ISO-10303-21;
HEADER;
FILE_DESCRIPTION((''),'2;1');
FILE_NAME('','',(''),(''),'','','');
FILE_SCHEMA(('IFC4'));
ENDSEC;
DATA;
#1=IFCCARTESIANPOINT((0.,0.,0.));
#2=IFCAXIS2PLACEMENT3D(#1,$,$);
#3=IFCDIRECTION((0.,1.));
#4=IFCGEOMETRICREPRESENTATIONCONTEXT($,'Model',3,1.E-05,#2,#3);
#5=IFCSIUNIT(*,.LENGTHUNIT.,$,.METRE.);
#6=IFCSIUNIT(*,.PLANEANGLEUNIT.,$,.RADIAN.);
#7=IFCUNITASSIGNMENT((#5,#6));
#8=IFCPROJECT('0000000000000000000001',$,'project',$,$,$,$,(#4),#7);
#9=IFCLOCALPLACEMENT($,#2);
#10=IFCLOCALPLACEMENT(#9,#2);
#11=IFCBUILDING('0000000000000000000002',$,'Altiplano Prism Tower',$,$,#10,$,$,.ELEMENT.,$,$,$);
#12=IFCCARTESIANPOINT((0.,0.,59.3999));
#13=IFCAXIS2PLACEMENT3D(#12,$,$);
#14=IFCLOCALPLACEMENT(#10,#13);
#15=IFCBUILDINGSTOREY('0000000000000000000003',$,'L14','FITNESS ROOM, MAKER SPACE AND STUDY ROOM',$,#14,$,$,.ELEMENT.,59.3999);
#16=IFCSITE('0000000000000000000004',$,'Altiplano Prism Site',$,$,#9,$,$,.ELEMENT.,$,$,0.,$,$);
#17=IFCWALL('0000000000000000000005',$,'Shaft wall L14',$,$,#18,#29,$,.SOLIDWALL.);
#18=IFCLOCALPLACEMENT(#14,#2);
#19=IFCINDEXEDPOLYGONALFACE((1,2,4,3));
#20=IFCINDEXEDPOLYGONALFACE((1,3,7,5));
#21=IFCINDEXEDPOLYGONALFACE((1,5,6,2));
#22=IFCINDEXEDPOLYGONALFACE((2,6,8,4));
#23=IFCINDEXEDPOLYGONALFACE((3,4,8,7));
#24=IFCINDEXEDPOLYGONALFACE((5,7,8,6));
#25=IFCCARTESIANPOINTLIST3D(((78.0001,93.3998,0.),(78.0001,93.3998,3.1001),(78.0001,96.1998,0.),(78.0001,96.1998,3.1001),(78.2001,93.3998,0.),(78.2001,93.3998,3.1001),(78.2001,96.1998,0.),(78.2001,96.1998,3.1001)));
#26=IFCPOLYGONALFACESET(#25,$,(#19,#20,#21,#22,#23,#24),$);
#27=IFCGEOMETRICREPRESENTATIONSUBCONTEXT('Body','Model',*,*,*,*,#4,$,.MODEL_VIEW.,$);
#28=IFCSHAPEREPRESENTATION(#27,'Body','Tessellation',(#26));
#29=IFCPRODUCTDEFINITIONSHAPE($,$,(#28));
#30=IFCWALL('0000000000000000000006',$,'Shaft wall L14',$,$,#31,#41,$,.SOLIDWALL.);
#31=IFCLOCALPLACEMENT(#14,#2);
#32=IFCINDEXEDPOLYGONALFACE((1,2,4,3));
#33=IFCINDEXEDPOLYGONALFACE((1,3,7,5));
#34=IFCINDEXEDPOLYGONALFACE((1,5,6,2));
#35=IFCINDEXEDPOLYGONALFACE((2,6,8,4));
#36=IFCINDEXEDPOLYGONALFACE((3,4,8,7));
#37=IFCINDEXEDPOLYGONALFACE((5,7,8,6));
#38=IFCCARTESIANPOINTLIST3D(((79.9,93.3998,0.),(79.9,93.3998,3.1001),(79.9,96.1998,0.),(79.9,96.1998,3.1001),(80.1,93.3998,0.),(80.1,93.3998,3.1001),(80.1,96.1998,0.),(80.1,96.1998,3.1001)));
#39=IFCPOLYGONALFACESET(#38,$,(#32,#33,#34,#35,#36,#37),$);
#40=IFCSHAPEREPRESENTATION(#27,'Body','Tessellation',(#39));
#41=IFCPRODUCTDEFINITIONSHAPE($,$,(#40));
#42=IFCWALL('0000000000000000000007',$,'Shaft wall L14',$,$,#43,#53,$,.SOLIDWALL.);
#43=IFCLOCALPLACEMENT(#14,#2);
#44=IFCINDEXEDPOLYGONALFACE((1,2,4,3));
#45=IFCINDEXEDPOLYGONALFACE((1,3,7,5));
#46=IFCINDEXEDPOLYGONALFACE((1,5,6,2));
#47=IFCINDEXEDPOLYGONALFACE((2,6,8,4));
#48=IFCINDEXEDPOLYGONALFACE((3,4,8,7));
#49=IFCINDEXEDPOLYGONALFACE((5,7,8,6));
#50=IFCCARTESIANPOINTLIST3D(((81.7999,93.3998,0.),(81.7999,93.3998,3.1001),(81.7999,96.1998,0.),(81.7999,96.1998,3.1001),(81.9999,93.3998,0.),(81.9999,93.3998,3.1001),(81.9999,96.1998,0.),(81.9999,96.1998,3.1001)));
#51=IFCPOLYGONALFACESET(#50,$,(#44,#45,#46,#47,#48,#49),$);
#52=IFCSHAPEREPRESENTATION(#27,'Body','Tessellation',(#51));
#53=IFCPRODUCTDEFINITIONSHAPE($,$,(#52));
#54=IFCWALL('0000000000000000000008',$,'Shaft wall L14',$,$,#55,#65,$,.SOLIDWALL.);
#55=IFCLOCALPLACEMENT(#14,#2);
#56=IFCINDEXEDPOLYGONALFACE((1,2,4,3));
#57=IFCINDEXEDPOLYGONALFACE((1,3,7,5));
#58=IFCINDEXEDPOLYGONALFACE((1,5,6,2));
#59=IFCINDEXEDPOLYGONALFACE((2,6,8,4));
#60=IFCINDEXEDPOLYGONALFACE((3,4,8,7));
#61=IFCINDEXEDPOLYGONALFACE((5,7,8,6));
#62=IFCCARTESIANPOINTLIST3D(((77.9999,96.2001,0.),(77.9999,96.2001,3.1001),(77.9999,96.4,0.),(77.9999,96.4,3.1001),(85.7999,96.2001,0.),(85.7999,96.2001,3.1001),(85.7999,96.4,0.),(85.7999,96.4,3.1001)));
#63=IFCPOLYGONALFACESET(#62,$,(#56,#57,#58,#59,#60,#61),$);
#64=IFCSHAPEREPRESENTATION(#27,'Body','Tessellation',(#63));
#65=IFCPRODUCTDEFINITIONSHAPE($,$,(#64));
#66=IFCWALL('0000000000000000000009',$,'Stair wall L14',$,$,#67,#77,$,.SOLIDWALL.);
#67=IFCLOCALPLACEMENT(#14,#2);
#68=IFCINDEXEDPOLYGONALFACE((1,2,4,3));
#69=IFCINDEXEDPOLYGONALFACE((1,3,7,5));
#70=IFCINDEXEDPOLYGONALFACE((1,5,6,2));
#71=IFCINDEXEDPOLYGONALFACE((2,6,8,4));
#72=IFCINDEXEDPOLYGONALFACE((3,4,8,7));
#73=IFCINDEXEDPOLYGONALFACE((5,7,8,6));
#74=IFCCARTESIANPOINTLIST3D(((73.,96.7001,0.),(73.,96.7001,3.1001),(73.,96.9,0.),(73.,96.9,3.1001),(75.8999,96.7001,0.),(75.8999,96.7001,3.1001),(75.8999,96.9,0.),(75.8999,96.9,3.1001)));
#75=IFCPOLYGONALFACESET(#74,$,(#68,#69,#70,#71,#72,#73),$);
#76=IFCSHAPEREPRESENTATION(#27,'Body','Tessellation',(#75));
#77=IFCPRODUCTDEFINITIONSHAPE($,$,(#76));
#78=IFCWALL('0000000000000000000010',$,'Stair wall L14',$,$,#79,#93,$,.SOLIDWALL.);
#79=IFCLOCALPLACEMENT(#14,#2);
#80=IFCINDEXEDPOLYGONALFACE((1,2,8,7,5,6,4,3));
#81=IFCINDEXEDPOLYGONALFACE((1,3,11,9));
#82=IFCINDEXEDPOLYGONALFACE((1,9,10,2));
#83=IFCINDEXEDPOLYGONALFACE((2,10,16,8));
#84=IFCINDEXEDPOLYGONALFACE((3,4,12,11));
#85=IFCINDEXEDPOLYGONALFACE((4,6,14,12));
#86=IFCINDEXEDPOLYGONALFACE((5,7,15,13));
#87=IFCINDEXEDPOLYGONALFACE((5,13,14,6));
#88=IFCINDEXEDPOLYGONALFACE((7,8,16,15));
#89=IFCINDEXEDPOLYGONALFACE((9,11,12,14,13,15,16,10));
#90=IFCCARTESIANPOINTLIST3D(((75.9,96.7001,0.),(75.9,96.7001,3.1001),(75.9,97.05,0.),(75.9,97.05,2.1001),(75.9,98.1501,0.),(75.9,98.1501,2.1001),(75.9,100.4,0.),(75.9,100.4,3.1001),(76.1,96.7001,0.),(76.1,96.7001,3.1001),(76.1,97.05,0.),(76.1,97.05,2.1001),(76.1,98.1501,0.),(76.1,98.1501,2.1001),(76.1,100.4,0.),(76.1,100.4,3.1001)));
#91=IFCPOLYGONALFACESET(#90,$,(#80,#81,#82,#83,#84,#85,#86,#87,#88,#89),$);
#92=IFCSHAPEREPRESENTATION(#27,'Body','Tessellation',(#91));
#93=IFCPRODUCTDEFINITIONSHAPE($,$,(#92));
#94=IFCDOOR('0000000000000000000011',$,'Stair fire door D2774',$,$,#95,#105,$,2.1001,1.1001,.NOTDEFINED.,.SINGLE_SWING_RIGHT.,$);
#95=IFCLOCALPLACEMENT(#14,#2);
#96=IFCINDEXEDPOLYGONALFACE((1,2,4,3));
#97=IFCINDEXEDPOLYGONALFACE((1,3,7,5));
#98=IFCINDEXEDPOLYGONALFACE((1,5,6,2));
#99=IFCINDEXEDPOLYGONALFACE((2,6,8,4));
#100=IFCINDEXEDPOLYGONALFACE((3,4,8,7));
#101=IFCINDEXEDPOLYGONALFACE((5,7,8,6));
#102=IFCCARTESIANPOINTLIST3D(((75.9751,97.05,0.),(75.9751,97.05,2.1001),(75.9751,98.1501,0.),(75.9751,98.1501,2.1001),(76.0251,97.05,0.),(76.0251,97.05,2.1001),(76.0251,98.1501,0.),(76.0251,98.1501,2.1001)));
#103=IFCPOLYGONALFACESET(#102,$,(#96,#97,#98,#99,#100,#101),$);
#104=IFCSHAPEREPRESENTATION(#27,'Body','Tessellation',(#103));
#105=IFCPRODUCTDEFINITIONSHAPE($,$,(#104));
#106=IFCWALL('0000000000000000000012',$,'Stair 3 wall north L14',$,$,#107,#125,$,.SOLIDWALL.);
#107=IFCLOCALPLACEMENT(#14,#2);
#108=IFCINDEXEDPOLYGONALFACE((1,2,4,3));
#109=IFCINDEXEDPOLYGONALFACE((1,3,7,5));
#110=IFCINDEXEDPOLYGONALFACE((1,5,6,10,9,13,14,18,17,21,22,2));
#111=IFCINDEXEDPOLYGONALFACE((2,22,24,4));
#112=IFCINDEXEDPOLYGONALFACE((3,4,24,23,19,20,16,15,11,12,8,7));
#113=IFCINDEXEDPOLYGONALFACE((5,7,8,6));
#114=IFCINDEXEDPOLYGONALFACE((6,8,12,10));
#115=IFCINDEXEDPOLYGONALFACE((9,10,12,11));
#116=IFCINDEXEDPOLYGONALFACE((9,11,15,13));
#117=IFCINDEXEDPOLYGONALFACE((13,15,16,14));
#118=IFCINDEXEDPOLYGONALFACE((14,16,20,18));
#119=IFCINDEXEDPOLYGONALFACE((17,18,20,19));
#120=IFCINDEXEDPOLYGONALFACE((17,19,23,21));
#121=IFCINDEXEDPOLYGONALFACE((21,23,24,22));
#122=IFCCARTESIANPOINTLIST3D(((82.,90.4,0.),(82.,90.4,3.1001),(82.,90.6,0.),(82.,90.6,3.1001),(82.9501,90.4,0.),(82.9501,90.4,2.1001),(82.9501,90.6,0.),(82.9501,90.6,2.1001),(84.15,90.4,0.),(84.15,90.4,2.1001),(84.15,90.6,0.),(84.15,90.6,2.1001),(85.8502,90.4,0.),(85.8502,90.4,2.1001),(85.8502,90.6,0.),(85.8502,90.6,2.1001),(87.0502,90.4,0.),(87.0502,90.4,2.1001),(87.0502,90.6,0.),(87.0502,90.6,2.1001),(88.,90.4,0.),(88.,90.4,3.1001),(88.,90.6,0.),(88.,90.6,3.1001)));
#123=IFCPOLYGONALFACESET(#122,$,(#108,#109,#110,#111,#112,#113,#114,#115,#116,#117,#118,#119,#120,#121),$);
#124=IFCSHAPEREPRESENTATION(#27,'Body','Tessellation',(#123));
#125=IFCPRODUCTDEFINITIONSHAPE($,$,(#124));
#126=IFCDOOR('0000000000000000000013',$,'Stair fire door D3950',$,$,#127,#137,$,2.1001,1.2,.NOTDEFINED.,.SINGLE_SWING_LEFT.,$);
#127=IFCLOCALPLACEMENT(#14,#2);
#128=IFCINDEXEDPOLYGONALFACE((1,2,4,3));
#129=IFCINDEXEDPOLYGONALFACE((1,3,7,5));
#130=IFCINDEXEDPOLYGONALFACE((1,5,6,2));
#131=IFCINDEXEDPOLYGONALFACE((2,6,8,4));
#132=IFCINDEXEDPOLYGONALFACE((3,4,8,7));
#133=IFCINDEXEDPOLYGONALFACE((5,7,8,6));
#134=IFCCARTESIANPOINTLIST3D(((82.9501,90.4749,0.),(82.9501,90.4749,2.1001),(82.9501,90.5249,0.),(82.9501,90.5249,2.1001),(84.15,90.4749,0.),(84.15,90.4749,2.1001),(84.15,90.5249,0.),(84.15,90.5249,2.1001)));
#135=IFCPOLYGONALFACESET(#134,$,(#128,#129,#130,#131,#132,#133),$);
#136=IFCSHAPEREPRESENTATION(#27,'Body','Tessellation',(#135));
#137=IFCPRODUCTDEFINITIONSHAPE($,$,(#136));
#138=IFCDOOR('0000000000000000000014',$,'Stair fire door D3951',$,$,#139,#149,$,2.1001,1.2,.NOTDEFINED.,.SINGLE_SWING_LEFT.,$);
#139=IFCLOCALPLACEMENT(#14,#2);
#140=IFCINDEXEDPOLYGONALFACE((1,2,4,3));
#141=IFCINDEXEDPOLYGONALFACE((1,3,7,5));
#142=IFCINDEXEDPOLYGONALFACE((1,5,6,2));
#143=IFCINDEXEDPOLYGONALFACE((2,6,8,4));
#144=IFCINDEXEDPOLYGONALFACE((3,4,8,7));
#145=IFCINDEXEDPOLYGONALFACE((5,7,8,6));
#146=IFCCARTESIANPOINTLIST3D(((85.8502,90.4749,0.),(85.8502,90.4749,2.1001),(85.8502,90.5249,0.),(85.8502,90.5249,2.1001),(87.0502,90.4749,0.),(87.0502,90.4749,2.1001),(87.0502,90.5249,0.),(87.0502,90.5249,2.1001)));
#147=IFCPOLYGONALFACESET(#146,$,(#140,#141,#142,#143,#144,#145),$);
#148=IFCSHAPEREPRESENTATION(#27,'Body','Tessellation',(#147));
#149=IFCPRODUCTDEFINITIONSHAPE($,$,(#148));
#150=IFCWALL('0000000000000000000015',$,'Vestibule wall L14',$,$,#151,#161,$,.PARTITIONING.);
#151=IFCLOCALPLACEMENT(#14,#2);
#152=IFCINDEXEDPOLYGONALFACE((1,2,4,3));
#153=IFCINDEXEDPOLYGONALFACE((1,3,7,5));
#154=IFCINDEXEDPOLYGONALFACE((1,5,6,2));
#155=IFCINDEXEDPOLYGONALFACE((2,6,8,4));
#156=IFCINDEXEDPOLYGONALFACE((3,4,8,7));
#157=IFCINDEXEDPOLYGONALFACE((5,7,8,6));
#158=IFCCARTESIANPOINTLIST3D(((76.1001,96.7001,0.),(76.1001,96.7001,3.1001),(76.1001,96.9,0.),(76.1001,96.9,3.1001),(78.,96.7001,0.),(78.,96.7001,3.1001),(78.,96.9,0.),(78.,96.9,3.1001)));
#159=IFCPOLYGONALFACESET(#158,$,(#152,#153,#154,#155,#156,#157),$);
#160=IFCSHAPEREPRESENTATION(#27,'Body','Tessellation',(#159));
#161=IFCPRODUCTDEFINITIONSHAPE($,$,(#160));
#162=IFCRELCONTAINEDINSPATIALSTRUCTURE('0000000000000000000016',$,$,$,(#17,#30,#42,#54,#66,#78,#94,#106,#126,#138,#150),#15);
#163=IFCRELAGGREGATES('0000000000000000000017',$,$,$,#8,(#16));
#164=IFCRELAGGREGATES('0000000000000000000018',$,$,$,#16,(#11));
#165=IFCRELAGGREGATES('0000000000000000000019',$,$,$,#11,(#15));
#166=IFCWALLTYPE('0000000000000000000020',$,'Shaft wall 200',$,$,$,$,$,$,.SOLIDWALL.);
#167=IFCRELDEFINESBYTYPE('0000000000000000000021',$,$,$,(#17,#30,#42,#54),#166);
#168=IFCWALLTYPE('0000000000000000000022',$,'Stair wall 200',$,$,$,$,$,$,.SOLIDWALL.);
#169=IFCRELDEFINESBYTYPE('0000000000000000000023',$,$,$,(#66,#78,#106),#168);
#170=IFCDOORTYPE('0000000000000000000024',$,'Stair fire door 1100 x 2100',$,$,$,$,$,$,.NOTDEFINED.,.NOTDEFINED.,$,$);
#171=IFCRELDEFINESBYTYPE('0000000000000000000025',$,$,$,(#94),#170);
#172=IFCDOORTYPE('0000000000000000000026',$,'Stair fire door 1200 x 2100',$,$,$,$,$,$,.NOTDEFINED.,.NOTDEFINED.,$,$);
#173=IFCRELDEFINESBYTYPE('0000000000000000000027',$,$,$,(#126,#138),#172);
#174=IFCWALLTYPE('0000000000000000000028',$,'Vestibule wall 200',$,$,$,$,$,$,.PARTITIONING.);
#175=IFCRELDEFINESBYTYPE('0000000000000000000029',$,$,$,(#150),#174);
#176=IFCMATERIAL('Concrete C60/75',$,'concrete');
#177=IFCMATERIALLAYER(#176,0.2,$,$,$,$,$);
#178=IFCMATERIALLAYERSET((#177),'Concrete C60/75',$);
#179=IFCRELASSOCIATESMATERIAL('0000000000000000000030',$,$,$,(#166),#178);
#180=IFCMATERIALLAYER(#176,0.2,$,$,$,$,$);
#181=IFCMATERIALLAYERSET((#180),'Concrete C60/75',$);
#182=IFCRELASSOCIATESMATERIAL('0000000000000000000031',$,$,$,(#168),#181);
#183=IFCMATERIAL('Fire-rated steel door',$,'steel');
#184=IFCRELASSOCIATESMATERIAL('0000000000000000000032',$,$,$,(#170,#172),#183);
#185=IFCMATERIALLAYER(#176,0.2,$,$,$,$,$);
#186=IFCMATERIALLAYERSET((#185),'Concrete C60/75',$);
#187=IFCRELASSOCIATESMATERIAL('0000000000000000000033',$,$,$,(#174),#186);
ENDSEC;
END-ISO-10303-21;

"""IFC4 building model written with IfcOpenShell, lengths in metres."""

from ifc_helpers import new_model, si_unit, direction, frame, frame_2d, origin, place, context, subcontext, project, spatial, rectangle, extrude, material, layer, layer_set, type_object, element, fill, save


model = new_model("IFC4")

# Units and contexts
model_context = context("Model", 3, precision=1e-05, world=origin(), true_north=direction((0.0, 1.0)))
body_context = subcontext(model_context, "Body", "Model", "MODEL_VIEW")
ifc_project = project(units=[si_unit("LENGTHUNIT", "METRE"), si_unit("PLANEANGLEUNIT", "RADIAN")], contexts=[model_context])

# Site, building, storey
site_placement = place(None, origin())
site = spatial("IfcSite", under=ifc_project, at=site_placement, Name="Altiplano Prism Site", CompositionType="ELEMENT", RefElevation=0.0)
building_placement = place(site_placement, origin())
building = spatial("IfcBuilding", under=site, at=building_placement, Name="Altiplano Prism Tower", CompositionType="ELEMENT")
storey_placement = place(building_placement, frame((0.0, 0.0, 59.3999)))
storey = spatial("IfcBuildingStorey", under=building, at=storey_placement, Name="L14", Description="FITNESS ROOM, MAKER SPACE AND STUDY ROOM", CompositionType="ELEMENT", Elevation=59.3999)

# Shared definitions
ifc_material_1 = material(Name="Fire-rated steel door", Category="steel")

# Walls
ifc_material_2 = material(Name="Concrete C60/75", Category="concrete")
ifc_layer_1 = layer(ifc_material_2, 0.2)
ifc_layer_set_1 = layer_set([ifc_layer_1], Name="Concrete C60/75")
wall_type_1 = type_object("IfcWallType", Name="Shaft wall 200", PredefinedType="SOLIDWALL", material=ifc_layer_set_1)
for number, where, z_axis, x_axis, name in (
    (1, (78.1001, 93.3999, 0.0), (0.0, 0.0, 1.0), (0.0, 1.0, 0.0), "Shaft wall L14"),
    (2, (80.0, 93.3999, 0.0), (0.0, 0.0, 1.0), (0.0, 1.0, 0.0), "Shaft wall L14"),
    (3, (81.8999, 93.3999, 0.0), (0.0, 0.0, 1.0), (0.0, 1.0, 0.0), "Shaft wall L14"),
):
    element("IfcWall", number, at=place(storey_placement, frame(where, z_axis=z_axis, x_axis=x_axis)), inside=storey, type_object=wall_type_1, Name=name, PredefinedType="SOLIDWALL", context=body_context, shape_type="SweptSolid", body=[
        extrude(rectangle(XDim=2.8, YDim=0.2, at=frame_2d((1.3999, 0.0))), origin(), (0.0, 0.0, 1.0), 3.1001),
    ])
wall_1_placement = place(storey_placement, frame((78.0, 96.3, 0.0), z_axis=(0.0, 0.0, 1.0), x_axis=(1.0, 0.0, 0.0)))
element("IfcWall", 4, at=wall_1_placement, inside=storey, type_object=wall_type_1, Name="Shaft wall L14", PredefinedType="SOLIDWALL", context=body_context, shape_type="SweptSolid", body=[
    extrude(rectangle(XDim=7.8, YDim=0.2, at=frame_2d((3.8999, 0.0))), origin(), (0.0, 0.0, 1.0), 3.1001),
])
ifc_layer_2 = layer(ifc_material_2, 0.2)
ifc_layer_set_2 = layer_set([ifc_layer_2], Name="Concrete C60/75")
wall_type_2 = type_object("IfcWallType", Name="Stair wall 200", PredefinedType="SOLIDWALL", material=ifc_layer_set_2)
wall_2_placement = place(storey_placement, frame((73.0, 96.8, 0.0), z_axis=(0.0, 0.0, 1.0), x_axis=(1.0, 0.0, 0.0)))
element("IfcWall", 5, at=wall_2_placement, inside=storey, type_object=wall_type_2, Name="Stair wall L14", PredefinedType="SOLIDWALL", context=body_context, shape_type="SweptSolid", body=[
    extrude(rectangle(XDim=2.8999, YDim=0.2, at=frame_2d((1.45, 0.0))), origin(), (0.0, 0.0, 1.0), 3.1001),
])

# Wall, opening, door
wall_3_placement = place(storey_placement, frame((76.0, 96.7, 0.0), z_axis=(0.0, 0.0, 1.0), x_axis=(0.0, 1.0, 0.0)))
wall_3 = element("IfcWall", 6, at=wall_3_placement, inside=storey, type_object=wall_type_2, Name="Stair wall L14", PredefinedType="SOLIDWALL", context=body_context, shape_type="SweptSolid", body=[
    extrude(rectangle(XDim=3.7, YDim=0.2, at=frame_2d((1.8501, 0.0))), origin(), (0.0, 0.0, 1.0), 3.1001),
])
opening_1_placement = place(wall_3_placement, frame((0.3501, 0.0, 0.0)))
opening_1 = element("IfcOpeningElement", 7, at=opening_1_placement, cuts=wall_3, PredefinedType="OPENING", context=body_context, shape_type="SweptSolid", body=[
    extrude(rectangle(XDim=1.1001, YDim=2.1001, at=frame_2d((0.55, 1.05))), frame((0.0, 0.1104, 0.0), z_axis=(0.0, -1.0, 0.0), x_axis=(1.0, 0.0, 0.0)), (0.0, 0.0, 1.0), 0.2209),
])
door_type_1 = type_object("IfcDoorType", Name="Stair fire door 1100 x 2100", OperationType="NOTDEFINED", PredefinedType="NOTDEFINED", material=ifc_material_1)
door_1_placement = place(opening_1_placement, origin())
door_1 = element("IfcDoor", 8, at=door_1_placement, inside=storey, type_object=door_type_1, Name="Stair fire door D2774", OperationType="SINGLE_SWING_RIGHT", OverallHeight=2.1001, OverallWidth=1.1001, PredefinedType="NOTDEFINED", context=body_context, shape_type="SweptSolid", body=[
    extrude(rectangle(XDim=1.1001, YDim=2.1001, at=frame_2d((0.55, 1.05))), frame((0.0, 0.0249, 0.0), z_axis=(0.0, -1.0, 0.0), x_axis=(1.0, 0.0, 0.0)), (0.0, 0.0, 1.0), 0.05),
])
fill(opening_1, door_1)

# Wall, openings, doors
wall_4_placement = place(storey_placement, frame((82.0, 90.5, 0.0), z_axis=(0.0, 0.0, 1.0), x_axis=(1.0, 0.0, 0.0)))
wall_4 = element("IfcWall", 9, at=wall_4_placement, inside=storey, type_object=wall_type_2, Name="Stair 3 wall north L14", PredefinedType="SOLIDWALL", context=body_context, shape_type="SweptSolid", body=[
    extrude(rectangle(XDim=6.0, YDim=0.2, at=frame_2d((3.0, 0.0))), origin(), (0.0, 0.0, 1.0), 3.1001),
])
opening_2_placement = place(wall_4_placement, frame((0.95, 0.0, 0.0)))
opening_2 = element("IfcOpeningElement", 10, at=opening_2_placement, cuts=wall_4, PredefinedType="OPENING", context=body_context, shape_type="SweptSolid", body=[
    extrude(rectangle(XDim=1.2, YDim=2.1001, at=frame_2d((0.6001, 1.05))), frame((0.0, 0.1104, 0.0), z_axis=(0.0, -1.0, 0.0), x_axis=(1.0, 0.0, 0.0)), (0.0, 0.0, 1.0), 0.2209),
])
opening_3_placement = place(wall_4_placement, frame((3.8501, 0.0, 0.0)))
opening_3 = element("IfcOpeningElement", 11, at=opening_3_placement, cuts=wall_4, PredefinedType="OPENING", context=body_context, shape_type="SweptSolid", body=[
    extrude(rectangle(XDim=1.2, YDim=2.1001, at=frame_2d((0.6001, 1.05))), frame((0.0, 0.1104, 0.0), z_axis=(0.0, -1.0, 0.0), x_axis=(1.0, 0.0, 0.0)), (0.0, 0.0, 1.0), 0.2209),
])
door_type_2 = type_object("IfcDoorType", Name="Stair fire door 1200 x 2100", OperationType="NOTDEFINED", PredefinedType="NOTDEFINED", material=ifc_material_1)
door_2_placement = place(opening_2_placement, origin())
door_2 = element("IfcDoor", 12, at=door_2_placement, inside=storey, type_object=door_type_2, Name="Stair fire door D3950", OperationType="SINGLE_SWING_LEFT", OverallHeight=2.1001, OverallWidth=1.2, PredefinedType="NOTDEFINED", context=body_context, shape_type="SweptSolid", body=[
    extrude(rectangle(XDim=1.2, YDim=2.1001, at=frame_2d((0.6001, 1.05))), frame((0.0, 0.0249, 0.0), z_axis=(0.0, -1.0, 0.0), x_axis=(1.0, 0.0, 0.0)), (0.0, 0.0, 1.0), 0.05),
])
fill(opening_2, door_2)
door_3_placement = place(opening_3_placement, origin())
door_3 = element("IfcDoor", 13, at=door_3_placement, inside=storey, type_object=door_type_2, Name="Stair fire door D3951", OperationType="SINGLE_SWING_LEFT", OverallHeight=2.1001, OverallWidth=1.2, PredefinedType="NOTDEFINED", context=body_context, shape_type="SweptSolid", body=[
    extrude(rectangle(XDim=1.2, YDim=2.1001, at=frame_2d((0.6001, 1.05))), frame((0.0, 0.0249, 0.0), z_axis=(0.0, -1.0, 0.0), x_axis=(1.0, 0.0, 0.0)), (0.0, 0.0, 1.0), 0.05),
])
fill(opening_3, door_3)

# Wall
ifc_layer_3 = layer(ifc_material_2, 0.2)
ifc_layer_set_3 = layer_set([ifc_layer_3], Name="Concrete C60/75")
wall_type_3 = type_object("IfcWallType", Name="Vestibule wall 200", PredefinedType="PARTITIONING", material=ifc_layer_set_3)
wall_5_placement = place(storey_placement, frame((76.1001, 96.8, 0.0), z_axis=(0.0, 0.0, 1.0), x_axis=(1.0, 0.0, 0.0)))
element("IfcWall", 14, at=wall_5_placement, inside=storey, type_object=wall_type_3, Name="Vestibule wall L14", PredefinedType="PARTITIONING", context=body_context, shape_type="SweptSolid", body=[
    extrude(rectangle(XDim=1.8999, YDim=0.2, at=frame_2d((0.95, 0.0))), origin(), (0.0, 0.0, 1.0), 3.1001),
])

save(model, "model.ifc")
